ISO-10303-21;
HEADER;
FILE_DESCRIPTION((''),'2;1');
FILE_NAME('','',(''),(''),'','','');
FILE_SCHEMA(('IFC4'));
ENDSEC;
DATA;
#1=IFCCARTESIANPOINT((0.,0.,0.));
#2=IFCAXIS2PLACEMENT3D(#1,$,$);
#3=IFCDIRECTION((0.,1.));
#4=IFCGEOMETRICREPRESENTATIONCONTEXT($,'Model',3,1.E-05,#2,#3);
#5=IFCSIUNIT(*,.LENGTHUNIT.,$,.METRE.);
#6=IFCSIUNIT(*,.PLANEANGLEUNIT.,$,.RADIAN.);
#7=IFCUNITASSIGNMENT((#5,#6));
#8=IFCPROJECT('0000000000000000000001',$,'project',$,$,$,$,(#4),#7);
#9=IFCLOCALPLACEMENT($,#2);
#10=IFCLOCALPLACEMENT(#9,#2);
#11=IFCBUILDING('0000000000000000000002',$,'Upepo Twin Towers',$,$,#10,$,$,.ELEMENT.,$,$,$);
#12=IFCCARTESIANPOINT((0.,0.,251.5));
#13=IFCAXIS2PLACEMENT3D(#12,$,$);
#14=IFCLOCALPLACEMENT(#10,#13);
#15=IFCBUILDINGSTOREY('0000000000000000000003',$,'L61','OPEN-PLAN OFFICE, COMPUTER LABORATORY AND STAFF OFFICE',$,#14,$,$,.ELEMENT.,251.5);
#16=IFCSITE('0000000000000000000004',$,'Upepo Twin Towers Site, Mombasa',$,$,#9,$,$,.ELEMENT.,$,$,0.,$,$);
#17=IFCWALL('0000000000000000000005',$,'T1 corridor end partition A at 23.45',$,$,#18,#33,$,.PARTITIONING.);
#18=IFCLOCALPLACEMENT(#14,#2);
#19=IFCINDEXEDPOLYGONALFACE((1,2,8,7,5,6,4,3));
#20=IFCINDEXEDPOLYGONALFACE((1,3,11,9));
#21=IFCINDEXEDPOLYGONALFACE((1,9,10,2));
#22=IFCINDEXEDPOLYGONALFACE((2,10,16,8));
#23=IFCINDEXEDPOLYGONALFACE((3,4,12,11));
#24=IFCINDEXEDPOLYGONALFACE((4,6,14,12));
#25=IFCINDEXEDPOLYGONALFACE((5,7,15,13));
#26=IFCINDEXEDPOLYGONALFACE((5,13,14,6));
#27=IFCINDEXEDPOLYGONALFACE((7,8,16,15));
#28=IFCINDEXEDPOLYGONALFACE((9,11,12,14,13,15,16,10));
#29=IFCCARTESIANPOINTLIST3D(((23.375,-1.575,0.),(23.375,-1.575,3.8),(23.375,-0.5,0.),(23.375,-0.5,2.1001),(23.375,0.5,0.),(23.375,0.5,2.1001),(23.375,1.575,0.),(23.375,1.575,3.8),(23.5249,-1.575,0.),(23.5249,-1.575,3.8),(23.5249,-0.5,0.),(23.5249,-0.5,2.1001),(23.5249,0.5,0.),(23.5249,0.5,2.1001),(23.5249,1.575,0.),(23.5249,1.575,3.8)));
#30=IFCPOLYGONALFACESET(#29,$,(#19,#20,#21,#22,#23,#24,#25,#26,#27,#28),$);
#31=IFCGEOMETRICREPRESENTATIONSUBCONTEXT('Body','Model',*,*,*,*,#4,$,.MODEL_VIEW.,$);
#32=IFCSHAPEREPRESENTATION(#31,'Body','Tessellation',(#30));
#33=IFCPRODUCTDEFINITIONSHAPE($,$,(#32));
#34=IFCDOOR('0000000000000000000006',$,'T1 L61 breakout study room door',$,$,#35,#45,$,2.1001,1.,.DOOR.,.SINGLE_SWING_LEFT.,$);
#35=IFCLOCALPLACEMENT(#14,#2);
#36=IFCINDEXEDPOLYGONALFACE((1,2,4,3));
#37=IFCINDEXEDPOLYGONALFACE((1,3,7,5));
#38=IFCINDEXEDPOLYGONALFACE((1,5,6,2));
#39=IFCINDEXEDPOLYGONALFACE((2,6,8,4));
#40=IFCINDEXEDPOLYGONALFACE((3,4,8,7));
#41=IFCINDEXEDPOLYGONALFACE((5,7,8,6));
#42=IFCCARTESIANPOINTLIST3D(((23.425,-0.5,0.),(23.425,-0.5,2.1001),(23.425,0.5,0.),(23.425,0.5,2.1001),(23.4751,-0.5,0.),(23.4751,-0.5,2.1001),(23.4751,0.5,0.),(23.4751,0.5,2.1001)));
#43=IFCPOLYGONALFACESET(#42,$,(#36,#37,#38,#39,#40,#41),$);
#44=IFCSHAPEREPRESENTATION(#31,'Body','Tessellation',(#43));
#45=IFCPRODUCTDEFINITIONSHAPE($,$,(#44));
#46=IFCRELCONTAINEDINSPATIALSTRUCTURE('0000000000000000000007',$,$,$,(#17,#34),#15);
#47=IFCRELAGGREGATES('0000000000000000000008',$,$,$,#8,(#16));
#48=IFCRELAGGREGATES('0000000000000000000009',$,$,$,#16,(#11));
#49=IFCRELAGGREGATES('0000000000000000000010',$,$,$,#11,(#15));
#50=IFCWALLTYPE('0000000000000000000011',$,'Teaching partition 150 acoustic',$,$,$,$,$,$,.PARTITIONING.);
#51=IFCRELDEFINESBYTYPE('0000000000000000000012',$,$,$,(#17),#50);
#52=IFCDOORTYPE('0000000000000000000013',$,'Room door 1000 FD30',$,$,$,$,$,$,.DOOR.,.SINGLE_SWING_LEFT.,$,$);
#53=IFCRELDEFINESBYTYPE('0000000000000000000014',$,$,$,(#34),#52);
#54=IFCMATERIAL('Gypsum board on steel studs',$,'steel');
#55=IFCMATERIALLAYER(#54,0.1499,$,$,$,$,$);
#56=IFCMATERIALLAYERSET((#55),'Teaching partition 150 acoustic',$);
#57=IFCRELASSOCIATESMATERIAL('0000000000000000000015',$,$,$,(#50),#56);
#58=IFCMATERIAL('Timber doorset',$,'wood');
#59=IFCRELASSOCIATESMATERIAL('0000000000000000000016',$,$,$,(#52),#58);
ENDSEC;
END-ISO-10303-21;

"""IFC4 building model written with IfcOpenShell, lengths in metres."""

from ifc_helpers import new_model, si_unit, direction, frame, frame_2d, origin, place, context, subcontext, project, spatial, rectangle, extrude, material, layer, layer_set, type_object, element, fill, save


model = new_model("IFC4")

# Units and contexts
model_context = context("Model", 3, precision=1e-05, world=origin(), true_north=direction((0.0, 1.0)))
body_context = subcontext(model_context, "Body", "Model", "MODEL_VIEW")
ifc_project = project(units=[si_unit("LENGTHUNIT", "METRE"), si_unit("PLANEANGLEUNIT", "RADIAN")], contexts=[model_context])

# Site, building, storey
site_placement = place(None, origin())
site = spatial("IfcSite", under=ifc_project, at=site_placement, Name="Upepo Twin Towers Site, Mombasa", CompositionType="ELEMENT", RefElevation=0.0)
building_placement = place(site_placement, origin())
building = spatial("IfcBuilding", under=site, at=building_placement, Name="Upepo Twin Towers", CompositionType="ELEMENT")
storey_placement = place(building_placement, frame((0.0, 0.0, 251.5)))
storey = spatial("IfcBuildingStorey", under=building, at=storey_placement, Name="L61", Description="OPEN-PLAN OFFICE, COMPUTER LABORATORY AND STAFF OFFICE", CompositionType="ELEMENT", Elevation=251.5)

# Shared definitions
ifc_material_1 = material(Name="Gypsum board on steel studs", Category="steel")
ifc_layer_1 = layer(ifc_material_1, 0.1499)
ifc_layer_set_1 = layer_set([ifc_layer_1], Name="Teaching partition 150 acoustic")
wall_type_1 = type_object("IfcWallType", Name="Teaching partition 150 acoustic", PredefinedType="PARTITIONING", material=ifc_layer_set_1)

# Shared definitions
ifc_material_2 = material(Name="Timber doorset", Category="wood")
door_type = type_object("IfcDoorType", Name="Room door 1000 FD30", OperationType="SINGLE_SWING_LEFT", PredefinedType="DOOR", material=ifc_material_2)

# Wall, opening, door
wall_1_placement = place(storey_placement, frame((23.45, -1.575, 0.0), z_axis=(0.0, 0.0, 1.0), x_axis=(0.0, 1.0, 0.0)))
wall_1 = element("IfcWall", 1, at=wall_1_placement, inside=storey, type_object=wall_type_1, Name="T1 corridor end partition A at 23.45", PredefinedType="PARTITIONING", context=body_context, shape_type="SweptSolid", body=[
    extrude(rectangle(XDim=3.1499, YDim=0.1499, at=frame_2d((1.575, 0.0))), origin(), (0.0, 0.0, 1.0), 3.8),
])
opening_1_placement = place(wall_1_placement, frame((1.075, 0.0, 0.0)))
opening_1 = element("IfcOpeningElement", 2, at=opening_1_placement, cuts=wall_1, PredefinedType="OPENING", context=body_context, shape_type="SweptSolid", body=[
    extrude(rectangle(XDim=1.0, YDim=2.1001, at=frame_2d((0.5, 1.05))), frame((0.0, 0.085, 0.0), z_axis=(0.0, -1.0, 0.0), x_axis=(1.0, 0.0, 0.0)), (0.0, 0.0, 1.0), 0.1699),
])
door_1_placement = place(opening_1_placement, origin())
door_1 = element("IfcDoor", 3, at=door_1_placement, inside=storey, type_object=door_type, Name="T1 L61 breakout study room door", OperationType="SINGLE_SWING_LEFT", OverallHeight=2.1001, OverallWidth=1.0, PredefinedType="DOOR", context=body_context, shape_type="SweptSolid", body=[
    extrude(rectangle(XDim=1.0, YDim=2.1001, at=frame_2d((0.5, 1.05))), frame((0.0, 0.0249, 0.0), z_axis=(0.0, -1.0, 0.0), x_axis=(1.0, 0.0, 0.0)), (0.0, 0.0, 1.0), 0.05),
])
fill(opening_1, door_1)

save(model, "model.ifc")
